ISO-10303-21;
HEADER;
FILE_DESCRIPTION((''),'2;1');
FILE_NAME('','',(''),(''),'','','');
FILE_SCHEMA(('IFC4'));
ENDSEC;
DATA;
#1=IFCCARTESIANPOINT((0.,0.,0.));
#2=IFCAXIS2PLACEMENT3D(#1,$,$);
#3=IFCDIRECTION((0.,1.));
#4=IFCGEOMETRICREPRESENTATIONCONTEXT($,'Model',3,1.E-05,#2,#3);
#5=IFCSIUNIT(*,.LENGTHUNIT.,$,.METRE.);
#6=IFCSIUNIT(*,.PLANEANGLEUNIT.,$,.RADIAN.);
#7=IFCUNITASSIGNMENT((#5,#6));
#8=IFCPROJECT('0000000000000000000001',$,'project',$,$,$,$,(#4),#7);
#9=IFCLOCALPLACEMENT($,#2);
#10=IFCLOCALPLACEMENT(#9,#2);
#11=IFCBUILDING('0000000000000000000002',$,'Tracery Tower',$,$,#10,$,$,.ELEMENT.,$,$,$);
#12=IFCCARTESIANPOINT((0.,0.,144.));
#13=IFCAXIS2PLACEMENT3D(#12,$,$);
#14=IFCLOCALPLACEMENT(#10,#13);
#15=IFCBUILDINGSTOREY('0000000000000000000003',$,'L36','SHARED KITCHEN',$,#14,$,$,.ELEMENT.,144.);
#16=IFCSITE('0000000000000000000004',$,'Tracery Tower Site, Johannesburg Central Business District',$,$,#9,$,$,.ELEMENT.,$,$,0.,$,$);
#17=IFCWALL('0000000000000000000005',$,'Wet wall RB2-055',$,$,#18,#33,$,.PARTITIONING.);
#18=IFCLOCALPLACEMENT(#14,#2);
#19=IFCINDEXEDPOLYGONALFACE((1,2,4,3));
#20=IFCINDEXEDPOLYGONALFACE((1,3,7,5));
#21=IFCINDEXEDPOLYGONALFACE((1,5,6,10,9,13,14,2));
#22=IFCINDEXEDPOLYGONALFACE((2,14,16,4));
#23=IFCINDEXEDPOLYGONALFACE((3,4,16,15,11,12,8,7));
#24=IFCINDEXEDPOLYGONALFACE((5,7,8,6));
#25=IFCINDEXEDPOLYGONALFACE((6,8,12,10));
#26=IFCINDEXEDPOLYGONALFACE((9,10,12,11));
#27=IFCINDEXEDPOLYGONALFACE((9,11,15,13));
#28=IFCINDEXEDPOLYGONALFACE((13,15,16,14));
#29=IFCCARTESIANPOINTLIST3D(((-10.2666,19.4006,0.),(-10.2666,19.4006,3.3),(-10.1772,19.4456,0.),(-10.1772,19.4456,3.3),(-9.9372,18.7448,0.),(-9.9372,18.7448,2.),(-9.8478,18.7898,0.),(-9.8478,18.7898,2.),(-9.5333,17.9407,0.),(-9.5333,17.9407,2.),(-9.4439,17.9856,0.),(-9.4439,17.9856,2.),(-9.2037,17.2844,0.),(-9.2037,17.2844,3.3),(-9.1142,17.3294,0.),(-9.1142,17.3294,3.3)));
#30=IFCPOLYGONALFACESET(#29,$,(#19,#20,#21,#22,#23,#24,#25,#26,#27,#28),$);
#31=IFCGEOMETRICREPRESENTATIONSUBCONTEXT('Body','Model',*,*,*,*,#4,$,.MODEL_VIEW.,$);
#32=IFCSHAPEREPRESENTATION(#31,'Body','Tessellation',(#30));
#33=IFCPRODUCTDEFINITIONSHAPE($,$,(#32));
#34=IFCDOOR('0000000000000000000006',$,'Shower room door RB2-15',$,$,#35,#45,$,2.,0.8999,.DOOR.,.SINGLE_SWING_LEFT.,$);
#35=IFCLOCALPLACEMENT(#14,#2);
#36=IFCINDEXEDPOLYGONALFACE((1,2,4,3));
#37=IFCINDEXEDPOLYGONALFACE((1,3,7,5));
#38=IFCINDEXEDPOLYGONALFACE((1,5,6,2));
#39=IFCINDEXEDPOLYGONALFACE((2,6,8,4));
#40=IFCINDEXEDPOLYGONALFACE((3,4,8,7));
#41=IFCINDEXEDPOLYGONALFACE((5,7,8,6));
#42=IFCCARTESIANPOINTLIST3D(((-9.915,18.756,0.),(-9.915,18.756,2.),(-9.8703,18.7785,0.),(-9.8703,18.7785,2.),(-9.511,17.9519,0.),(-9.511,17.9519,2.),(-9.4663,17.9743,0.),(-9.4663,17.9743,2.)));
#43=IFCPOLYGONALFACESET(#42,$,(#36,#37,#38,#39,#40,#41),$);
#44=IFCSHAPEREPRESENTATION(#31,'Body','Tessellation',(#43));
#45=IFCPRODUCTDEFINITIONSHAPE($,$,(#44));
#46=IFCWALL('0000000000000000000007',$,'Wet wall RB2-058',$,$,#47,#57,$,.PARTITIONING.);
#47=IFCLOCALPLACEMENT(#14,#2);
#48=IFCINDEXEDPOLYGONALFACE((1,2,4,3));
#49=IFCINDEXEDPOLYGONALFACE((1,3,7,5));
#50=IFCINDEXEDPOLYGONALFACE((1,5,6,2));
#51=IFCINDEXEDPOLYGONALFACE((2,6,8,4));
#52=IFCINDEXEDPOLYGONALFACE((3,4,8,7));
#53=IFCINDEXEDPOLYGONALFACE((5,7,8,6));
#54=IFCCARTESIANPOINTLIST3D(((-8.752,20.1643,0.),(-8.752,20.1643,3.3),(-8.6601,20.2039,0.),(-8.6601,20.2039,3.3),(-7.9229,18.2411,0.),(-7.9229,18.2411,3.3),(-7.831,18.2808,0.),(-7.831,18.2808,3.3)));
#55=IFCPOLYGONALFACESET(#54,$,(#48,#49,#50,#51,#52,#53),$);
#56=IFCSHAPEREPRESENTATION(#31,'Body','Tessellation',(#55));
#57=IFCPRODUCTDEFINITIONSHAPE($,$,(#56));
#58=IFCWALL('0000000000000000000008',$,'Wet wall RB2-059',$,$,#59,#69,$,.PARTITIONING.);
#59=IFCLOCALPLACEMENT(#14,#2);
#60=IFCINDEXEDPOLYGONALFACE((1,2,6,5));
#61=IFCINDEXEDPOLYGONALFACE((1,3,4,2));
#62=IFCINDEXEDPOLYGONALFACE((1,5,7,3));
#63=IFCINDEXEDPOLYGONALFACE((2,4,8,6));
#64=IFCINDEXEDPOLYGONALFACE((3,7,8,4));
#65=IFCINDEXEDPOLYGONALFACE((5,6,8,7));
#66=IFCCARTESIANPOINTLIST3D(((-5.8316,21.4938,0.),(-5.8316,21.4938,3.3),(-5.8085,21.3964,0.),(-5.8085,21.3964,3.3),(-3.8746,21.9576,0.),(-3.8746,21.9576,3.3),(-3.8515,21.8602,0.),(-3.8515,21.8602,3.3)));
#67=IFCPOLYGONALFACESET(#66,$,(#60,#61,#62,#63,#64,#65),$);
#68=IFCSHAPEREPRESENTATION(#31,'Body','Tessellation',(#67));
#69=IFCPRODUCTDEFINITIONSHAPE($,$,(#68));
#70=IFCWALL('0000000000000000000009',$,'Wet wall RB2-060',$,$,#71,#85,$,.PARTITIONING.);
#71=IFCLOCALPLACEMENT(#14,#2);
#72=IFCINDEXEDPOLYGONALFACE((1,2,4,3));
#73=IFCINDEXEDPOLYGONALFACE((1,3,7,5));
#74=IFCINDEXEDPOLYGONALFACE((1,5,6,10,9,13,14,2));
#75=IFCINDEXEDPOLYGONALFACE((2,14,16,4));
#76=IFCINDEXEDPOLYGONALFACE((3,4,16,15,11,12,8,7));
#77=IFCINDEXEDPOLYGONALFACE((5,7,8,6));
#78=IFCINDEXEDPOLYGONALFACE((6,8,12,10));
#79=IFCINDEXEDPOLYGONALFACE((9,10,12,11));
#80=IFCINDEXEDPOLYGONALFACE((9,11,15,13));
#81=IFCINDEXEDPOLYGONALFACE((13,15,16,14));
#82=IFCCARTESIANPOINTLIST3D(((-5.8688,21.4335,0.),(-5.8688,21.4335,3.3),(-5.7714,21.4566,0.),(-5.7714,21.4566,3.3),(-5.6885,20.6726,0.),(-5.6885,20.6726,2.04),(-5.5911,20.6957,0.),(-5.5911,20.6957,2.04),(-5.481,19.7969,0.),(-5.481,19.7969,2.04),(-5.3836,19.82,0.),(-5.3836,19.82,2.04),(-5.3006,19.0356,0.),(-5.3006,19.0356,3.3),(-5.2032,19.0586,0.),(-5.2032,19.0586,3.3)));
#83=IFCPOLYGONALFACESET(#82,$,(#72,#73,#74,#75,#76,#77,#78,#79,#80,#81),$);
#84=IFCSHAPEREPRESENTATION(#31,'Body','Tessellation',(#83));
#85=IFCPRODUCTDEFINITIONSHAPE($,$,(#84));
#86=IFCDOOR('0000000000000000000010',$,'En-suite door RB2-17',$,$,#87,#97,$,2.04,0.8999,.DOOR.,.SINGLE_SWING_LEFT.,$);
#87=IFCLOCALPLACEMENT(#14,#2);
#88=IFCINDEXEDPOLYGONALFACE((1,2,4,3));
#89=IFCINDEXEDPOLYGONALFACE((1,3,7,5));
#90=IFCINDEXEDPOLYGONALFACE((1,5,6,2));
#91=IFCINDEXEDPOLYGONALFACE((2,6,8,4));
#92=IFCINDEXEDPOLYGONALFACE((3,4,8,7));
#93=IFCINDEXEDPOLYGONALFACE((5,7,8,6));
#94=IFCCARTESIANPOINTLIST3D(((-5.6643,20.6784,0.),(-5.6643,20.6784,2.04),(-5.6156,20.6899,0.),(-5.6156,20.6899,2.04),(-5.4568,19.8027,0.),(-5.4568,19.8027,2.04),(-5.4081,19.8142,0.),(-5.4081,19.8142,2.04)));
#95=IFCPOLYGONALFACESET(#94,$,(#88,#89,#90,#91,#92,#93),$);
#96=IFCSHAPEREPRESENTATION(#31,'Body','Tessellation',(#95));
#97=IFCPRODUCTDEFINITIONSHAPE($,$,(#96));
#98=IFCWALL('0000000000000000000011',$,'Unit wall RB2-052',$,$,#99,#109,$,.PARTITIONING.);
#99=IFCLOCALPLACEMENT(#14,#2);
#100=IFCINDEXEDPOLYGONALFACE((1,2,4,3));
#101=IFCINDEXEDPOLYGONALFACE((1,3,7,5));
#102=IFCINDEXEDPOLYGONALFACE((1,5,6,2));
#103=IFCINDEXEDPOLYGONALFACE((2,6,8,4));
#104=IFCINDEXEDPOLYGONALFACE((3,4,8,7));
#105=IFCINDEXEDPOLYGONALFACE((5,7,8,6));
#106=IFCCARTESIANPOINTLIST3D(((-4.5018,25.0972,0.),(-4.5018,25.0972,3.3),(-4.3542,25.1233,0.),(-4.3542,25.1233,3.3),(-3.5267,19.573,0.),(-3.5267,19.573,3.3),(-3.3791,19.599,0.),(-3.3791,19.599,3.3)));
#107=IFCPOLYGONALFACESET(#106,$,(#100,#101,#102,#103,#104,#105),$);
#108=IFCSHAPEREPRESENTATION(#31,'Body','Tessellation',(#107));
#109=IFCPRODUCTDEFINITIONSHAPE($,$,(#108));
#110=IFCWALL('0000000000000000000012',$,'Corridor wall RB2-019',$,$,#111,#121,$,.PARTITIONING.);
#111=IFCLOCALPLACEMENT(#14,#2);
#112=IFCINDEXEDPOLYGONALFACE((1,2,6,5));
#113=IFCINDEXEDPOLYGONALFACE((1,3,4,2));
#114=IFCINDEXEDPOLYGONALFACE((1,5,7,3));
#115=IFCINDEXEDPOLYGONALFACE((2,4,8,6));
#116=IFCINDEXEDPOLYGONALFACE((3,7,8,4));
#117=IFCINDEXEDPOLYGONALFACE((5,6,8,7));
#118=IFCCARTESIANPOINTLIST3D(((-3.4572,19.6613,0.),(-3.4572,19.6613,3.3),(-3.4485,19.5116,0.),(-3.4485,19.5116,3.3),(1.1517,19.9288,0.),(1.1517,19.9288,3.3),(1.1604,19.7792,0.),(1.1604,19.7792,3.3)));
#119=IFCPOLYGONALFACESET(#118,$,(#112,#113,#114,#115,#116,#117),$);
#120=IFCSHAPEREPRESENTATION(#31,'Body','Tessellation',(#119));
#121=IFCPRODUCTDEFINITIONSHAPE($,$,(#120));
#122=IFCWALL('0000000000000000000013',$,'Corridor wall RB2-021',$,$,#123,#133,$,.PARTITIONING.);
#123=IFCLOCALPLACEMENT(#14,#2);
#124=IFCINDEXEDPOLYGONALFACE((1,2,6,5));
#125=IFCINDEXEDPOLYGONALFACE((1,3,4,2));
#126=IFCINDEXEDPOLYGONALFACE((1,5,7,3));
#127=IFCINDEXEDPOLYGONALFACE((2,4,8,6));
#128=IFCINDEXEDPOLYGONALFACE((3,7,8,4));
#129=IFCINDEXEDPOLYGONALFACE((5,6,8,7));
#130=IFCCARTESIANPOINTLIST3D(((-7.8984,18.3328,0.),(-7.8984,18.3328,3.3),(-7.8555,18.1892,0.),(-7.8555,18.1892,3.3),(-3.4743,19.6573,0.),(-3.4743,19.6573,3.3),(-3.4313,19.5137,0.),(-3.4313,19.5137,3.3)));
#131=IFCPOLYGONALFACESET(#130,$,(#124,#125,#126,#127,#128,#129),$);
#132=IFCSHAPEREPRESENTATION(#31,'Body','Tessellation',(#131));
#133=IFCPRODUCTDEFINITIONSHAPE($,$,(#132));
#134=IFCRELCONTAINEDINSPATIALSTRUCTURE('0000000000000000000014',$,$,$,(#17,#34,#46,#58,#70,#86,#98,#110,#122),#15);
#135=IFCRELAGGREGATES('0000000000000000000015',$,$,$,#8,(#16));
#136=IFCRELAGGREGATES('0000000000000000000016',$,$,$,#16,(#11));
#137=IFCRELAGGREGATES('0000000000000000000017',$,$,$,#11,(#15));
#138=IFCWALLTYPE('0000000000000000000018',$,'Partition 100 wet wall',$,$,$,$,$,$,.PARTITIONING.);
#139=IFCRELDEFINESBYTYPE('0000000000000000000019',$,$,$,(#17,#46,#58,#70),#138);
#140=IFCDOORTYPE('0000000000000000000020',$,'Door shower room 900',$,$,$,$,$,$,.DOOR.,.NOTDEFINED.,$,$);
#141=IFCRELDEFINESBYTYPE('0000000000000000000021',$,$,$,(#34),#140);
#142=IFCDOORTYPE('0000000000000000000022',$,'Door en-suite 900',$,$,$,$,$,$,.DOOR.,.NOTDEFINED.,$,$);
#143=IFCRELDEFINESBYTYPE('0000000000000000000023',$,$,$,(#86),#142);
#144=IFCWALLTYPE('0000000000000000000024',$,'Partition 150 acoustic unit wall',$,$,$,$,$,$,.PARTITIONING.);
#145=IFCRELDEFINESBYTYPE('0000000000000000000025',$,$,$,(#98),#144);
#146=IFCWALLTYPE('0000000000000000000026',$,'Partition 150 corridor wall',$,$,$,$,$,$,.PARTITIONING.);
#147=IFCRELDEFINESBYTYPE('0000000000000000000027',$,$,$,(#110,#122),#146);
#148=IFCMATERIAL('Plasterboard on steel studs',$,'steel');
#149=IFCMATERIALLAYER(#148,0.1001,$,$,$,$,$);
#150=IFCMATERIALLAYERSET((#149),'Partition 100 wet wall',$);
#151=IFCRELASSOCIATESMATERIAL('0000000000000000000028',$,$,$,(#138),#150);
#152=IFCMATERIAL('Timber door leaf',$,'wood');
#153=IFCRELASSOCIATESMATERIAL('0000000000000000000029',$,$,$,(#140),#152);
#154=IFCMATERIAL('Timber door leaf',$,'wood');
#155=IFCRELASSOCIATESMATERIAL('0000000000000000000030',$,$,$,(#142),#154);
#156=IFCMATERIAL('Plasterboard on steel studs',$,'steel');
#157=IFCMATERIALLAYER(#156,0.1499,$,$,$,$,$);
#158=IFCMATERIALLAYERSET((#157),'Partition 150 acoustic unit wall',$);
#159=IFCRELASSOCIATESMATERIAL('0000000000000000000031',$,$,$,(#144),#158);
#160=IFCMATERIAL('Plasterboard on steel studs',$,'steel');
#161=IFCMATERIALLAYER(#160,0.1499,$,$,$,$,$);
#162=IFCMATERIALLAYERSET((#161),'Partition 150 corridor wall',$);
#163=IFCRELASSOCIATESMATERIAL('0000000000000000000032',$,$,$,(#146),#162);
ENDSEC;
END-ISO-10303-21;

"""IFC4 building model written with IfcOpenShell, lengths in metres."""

from ifc_helpers import new_model, si_unit, direction, frame, frame_2d, origin, place, context, subcontext, project, spatial, rectangle, extrude, material, layer, layer_set, type_object, element, fill, save


model = new_model("IFC4")

# Units and contexts
model_context = context("Model", 3, precision=1e-05, world=origin(), true_north=direction((0.0, 1.0)))
body_context = subcontext(model_context, "Body", "Model", "MODEL_VIEW")
ifc_project = project(units=[si_unit("LENGTHUNIT", "METRE"), si_unit("PLANEANGLEUNIT", "RADIAN")], contexts=[model_context])

# Site, building, storey
site_placement = place(None, origin())
site = spatial("IfcSite", under=ifc_project, at=site_placement, Name="Tracery Tower Site, Johannesburg Central Business District", CompositionType="ELEMENT", RefElevation=0.0)
building_placement = place(site_placement, origin())
building = spatial("IfcBuilding", under=site, at=building_placement, Name="Tracery Tower", CompositionType="ELEMENT")
storey_placement = place(building_placement, frame((0.0, 0.0, 144.0)))
storey = spatial("IfcBuildingStorey", under=building, at=storey_placement, Name="L36", Description="SHARED KITCHEN", CompositionType="ELEMENT", Elevation=144.0)

# Shared definitions
ifc_material_1 = material(Name="Plasterboard on steel studs", Category="steel")
ifc_layer_1 = layer(ifc_material_1, 0.1001)
ifc_layer_set_1 = layer_set([ifc_layer_1], Name="Partition 100 wet wall")
wall_type_1 = type_object("IfcWallType", Name="Partition 100 wet wall", PredefinedType="PARTITIONING", material=ifc_layer_set_1)

# Wall, opening, door
wall_1_placement = place(storey_placement, frame((-10.2219, 19.4231, 0.0), z_axis=(0.0, 0.0, 1.0), x_axis=(0.448862, -0.893601, 0.0)))
wall_1 = element("IfcWall", 1, at=wall_1_placement, inside=storey, type_object=wall_type_1, Name="Wet wall RB2-055", PredefinedType="PARTITIONING", context=body_context, shape_type="SweptSolid", body=[
    extrude(rectangle(XDim=2.3682, YDim=0.1001, at=frame_2d((1.1841, 0.0))), origin(), (0.0, 0.0, 1.0), 3.3),
])
opening_1_placement = place(wall_1_placement, frame((0.7339, 0.0, 0.0)))
opening_1 = element("IfcOpeningElement", 2, at=opening_1_placement, cuts=wall_1, PredefinedType="OPENING", context=body_context, shape_type="SweptSolid", body=[
    extrude(rectangle(XDim=0.8999, YDim=2.0, at=frame_2d((0.45, 1.0))), frame((0.0, 0.05, 0.0), z_axis=(0.0, -1.0, 0.0), x_axis=(1.0, 0.0, 0.0)), (0.0, 0.0, 1.0), 0.1001),
])
ifc_material_2 = material(Name="Timber door leaf", Category="wood")
door_type_1 = type_object("IfcDoorType", Name="Door shower room 900", OperationType="NOTDEFINED", PredefinedType="DOOR", material=ifc_material_2)
door_1_placement = place(opening_1_placement, origin())
door_1 = element("IfcDoor", 3, at=door_1_placement, inside=storey, type_object=door_type_1, Name="Shower room door RB2-15", OperationType="SINGLE_SWING_LEFT", OverallHeight=2.0, OverallWidth=0.8999, PredefinedType="DOOR", context=body_context, shape_type="SweptSolid", body=[
    extrude(rectangle(XDim=0.8999, YDim=2.0, at=frame_2d((0.45, 1.0))), frame((0.0, 0.0249, 0.0), z_axis=(0.0, -1.0, 0.0), x_axis=(1.0, 0.0, 0.0)), (0.0, 0.0, 1.0), 0.05),
])
fill(opening_1, door_1)

# Walls
wall_2_placement = place(storey_placement, frame((-8.7061, 20.1841, 0.0), z_axis=(0.0, 0.0, 1.0), x_axis=(0.395902, -0.918293, 0.0)))
element("IfcWall", 4, at=wall_2_placement, inside=storey, type_object=wall_type_1, Name="Wet wall RB2-058", PredefinedType="PARTITIONING", context=body_context, shape_type="SweptSolid", body=[
    extrude(rectangle(XDim=2.0942, YDim=0.1001, at=frame_2d((1.0471, 0.0))), origin(), (0.0, 0.0, 1.0), 3.3),
])
wall_3_placement = place(storey_placement, frame((-5.8201, 21.4451, 0.0), z_axis=(0.0, 0.0, 1.0), x_axis=(0.97304, 0.230636, 0.0)))
element("IfcWall", 5, at=wall_3_placement, inside=storey, type_object=wall_type_1, Name="Wet wall RB2-059", PredefinedType="PARTITIONING", context=body_context, shape_type="SweptSolid", body=[
    extrude(rectangle(XDim=2.0112, YDim=0.1001, at=frame_2d((1.0056, 0.0))), origin(), (0.0, 0.0, 1.0), 3.3),
])

# Wall, opening, door
wall_4_placement = place(storey_placement, frame((-5.8201, 21.4451, 0.0), z_axis=(0.0, 0.0, 1.0), x_axis=(0.230536, -0.973064, 0.0)))
wall_4 = element("IfcWall", 6, at=wall_4_placement, inside=storey, type_object=wall_type_1, Name="Wet wall RB2-060", PredefinedType="PARTITIONING", context=body_context, shape_type="SweptSolid", body=[
    extrude(rectangle(XDim=2.4644, YDim=0.1001, at=frame_2d((1.2322, 0.0))), origin(), (0.0, 0.0, 1.0), 3.3),
])
opening_2_placement = place(wall_4_placement, frame((0.782, 0.0, 0.0)))
opening_2 = element("IfcOpeningElement", 7, at=opening_2_placement, cuts=wall_4, PredefinedType="OPENING", context=body_context, shape_type="SweptSolid", body=[
    extrude(rectangle(XDim=0.8999, YDim=2.04, at=frame_2d((0.45, 1.02))), frame((0.0, 0.05, 0.0), z_axis=(0.0, -1.0, 0.0), x_axis=(1.0, 0.0, 0.0)), (0.0, 0.0, 1.0), 0.1001),
])
ifc_material_3 = material(Name="Timber door leaf", Category="wood")
door_type_2 = type_object("IfcDoorType", Name="Door en-suite 900", OperationType="NOTDEFINED", PredefinedType="DOOR", material=ifc_material_3)
door_2_placement = place(opening_2_placement, origin())
door_2 = element("IfcDoor", 8, at=door_2_placement, inside=storey, type_object=door_type_2, Name="En-suite door RB2-17", OperationType="SINGLE_SWING_LEFT", OverallHeight=2.04, OverallWidth=0.8999, PredefinedType="DOOR", context=body_context, shape_type="SweptSolid", body=[
    extrude(rectangle(XDim=0.8999, YDim=2.04, at=frame_2d((0.45, 1.02))), frame((0.0, 0.0249, 0.0), z_axis=(0.0, -1.0, 0.0), x_axis=(1.0, 0.0, 0.0)), (0.0, 0.0, 1.0), 0.05),
])
fill(opening_2, door_2)

# Walls
ifc_material_4 = material(Name="Plasterboard on steel studs", Category="steel")
ifc_layer_2 = layer(ifc_material_4, 0.1499)
ifc_layer_set_2 = layer_set([ifc_layer_2], Name="Partition 150 acoustic unit wall")
wall_type_2 = type_object("IfcWallType", Name="Partition 150 acoustic unit wall", PredefinedType="PARTITIONING", material=ifc_layer_set_2)
wall_5_placement = place(storey_placement, frame((-4.428, 25.1101, 0.0), z_axis=(0.0, 0.0, 1.0), x_axis=(0.173828, -0.984776, 0.0)))
element("IfcWall", 9, at=wall_5_placement, inside=storey, type_object=wall_type_2, Name="Unit wall RB2-052", PredefinedType="PARTITIONING", context=body_context, shape_type="SweptSolid", body=[
    extrude(rectangle(XDim=5.6096, YDim=0.1499, at=frame_2d((2.8047, 0.0))), origin(), (0.0, 0.0, 1.0), 3.3),
])
ifc_material_5 = material(Name="Plasterboard on steel studs", Category="steel")
ifc_layer_3 = layer(ifc_material_5, 0.1499)
ifc_layer_set_3 = layer_set([ifc_layer_3], Name="Partition 150 corridor wall")
wall_type_3 = type_object("IfcWallType", Name="Partition 150 corridor wall", PredefinedType="PARTITIONING", material=ifc_layer_set_3)
wall_6_placement = place(storey_placement, frame((-3.4529, 19.5864, 0.0), z_axis=(0.0, 0.0, 1.0), x_axis=(0.998319, 0.057959, 0.0)))
element("IfcWall", 10, at=wall_6_placement, inside=storey, type_object=wall_type_3, Name="Corridor wall RB2-019", PredefinedType="PARTITIONING", context=body_context, shape_type="SweptSolid", body=[
    extrude(rectangle(XDim=4.6167, YDim=0.1499, at=frame_2d((2.3083, 0.0))), origin(), (0.0, 0.0, 1.0), 3.3),
])
wall_7_placement = place(storey_placement, frame((-7.877, 18.261, 0.0), z_axis=(0.0, 0.0, 1.0), x_axis=(0.957991, 0.2868, 0.0)))
element("IfcWall", 11, at=wall_7_placement, inside=storey, type_object=wall_type_3, Name="Corridor wall RB2-021", PredefinedType="PARTITIONING", context=body_context, shape_type="SweptSolid", body=[
    extrude(rectangle(XDim=4.6182, YDim=0.1499, at=frame_2d((2.3091, 0.0))), origin(), (0.0, 0.0, 1.0), 3.3),
])

save(model, "model.ifc")
